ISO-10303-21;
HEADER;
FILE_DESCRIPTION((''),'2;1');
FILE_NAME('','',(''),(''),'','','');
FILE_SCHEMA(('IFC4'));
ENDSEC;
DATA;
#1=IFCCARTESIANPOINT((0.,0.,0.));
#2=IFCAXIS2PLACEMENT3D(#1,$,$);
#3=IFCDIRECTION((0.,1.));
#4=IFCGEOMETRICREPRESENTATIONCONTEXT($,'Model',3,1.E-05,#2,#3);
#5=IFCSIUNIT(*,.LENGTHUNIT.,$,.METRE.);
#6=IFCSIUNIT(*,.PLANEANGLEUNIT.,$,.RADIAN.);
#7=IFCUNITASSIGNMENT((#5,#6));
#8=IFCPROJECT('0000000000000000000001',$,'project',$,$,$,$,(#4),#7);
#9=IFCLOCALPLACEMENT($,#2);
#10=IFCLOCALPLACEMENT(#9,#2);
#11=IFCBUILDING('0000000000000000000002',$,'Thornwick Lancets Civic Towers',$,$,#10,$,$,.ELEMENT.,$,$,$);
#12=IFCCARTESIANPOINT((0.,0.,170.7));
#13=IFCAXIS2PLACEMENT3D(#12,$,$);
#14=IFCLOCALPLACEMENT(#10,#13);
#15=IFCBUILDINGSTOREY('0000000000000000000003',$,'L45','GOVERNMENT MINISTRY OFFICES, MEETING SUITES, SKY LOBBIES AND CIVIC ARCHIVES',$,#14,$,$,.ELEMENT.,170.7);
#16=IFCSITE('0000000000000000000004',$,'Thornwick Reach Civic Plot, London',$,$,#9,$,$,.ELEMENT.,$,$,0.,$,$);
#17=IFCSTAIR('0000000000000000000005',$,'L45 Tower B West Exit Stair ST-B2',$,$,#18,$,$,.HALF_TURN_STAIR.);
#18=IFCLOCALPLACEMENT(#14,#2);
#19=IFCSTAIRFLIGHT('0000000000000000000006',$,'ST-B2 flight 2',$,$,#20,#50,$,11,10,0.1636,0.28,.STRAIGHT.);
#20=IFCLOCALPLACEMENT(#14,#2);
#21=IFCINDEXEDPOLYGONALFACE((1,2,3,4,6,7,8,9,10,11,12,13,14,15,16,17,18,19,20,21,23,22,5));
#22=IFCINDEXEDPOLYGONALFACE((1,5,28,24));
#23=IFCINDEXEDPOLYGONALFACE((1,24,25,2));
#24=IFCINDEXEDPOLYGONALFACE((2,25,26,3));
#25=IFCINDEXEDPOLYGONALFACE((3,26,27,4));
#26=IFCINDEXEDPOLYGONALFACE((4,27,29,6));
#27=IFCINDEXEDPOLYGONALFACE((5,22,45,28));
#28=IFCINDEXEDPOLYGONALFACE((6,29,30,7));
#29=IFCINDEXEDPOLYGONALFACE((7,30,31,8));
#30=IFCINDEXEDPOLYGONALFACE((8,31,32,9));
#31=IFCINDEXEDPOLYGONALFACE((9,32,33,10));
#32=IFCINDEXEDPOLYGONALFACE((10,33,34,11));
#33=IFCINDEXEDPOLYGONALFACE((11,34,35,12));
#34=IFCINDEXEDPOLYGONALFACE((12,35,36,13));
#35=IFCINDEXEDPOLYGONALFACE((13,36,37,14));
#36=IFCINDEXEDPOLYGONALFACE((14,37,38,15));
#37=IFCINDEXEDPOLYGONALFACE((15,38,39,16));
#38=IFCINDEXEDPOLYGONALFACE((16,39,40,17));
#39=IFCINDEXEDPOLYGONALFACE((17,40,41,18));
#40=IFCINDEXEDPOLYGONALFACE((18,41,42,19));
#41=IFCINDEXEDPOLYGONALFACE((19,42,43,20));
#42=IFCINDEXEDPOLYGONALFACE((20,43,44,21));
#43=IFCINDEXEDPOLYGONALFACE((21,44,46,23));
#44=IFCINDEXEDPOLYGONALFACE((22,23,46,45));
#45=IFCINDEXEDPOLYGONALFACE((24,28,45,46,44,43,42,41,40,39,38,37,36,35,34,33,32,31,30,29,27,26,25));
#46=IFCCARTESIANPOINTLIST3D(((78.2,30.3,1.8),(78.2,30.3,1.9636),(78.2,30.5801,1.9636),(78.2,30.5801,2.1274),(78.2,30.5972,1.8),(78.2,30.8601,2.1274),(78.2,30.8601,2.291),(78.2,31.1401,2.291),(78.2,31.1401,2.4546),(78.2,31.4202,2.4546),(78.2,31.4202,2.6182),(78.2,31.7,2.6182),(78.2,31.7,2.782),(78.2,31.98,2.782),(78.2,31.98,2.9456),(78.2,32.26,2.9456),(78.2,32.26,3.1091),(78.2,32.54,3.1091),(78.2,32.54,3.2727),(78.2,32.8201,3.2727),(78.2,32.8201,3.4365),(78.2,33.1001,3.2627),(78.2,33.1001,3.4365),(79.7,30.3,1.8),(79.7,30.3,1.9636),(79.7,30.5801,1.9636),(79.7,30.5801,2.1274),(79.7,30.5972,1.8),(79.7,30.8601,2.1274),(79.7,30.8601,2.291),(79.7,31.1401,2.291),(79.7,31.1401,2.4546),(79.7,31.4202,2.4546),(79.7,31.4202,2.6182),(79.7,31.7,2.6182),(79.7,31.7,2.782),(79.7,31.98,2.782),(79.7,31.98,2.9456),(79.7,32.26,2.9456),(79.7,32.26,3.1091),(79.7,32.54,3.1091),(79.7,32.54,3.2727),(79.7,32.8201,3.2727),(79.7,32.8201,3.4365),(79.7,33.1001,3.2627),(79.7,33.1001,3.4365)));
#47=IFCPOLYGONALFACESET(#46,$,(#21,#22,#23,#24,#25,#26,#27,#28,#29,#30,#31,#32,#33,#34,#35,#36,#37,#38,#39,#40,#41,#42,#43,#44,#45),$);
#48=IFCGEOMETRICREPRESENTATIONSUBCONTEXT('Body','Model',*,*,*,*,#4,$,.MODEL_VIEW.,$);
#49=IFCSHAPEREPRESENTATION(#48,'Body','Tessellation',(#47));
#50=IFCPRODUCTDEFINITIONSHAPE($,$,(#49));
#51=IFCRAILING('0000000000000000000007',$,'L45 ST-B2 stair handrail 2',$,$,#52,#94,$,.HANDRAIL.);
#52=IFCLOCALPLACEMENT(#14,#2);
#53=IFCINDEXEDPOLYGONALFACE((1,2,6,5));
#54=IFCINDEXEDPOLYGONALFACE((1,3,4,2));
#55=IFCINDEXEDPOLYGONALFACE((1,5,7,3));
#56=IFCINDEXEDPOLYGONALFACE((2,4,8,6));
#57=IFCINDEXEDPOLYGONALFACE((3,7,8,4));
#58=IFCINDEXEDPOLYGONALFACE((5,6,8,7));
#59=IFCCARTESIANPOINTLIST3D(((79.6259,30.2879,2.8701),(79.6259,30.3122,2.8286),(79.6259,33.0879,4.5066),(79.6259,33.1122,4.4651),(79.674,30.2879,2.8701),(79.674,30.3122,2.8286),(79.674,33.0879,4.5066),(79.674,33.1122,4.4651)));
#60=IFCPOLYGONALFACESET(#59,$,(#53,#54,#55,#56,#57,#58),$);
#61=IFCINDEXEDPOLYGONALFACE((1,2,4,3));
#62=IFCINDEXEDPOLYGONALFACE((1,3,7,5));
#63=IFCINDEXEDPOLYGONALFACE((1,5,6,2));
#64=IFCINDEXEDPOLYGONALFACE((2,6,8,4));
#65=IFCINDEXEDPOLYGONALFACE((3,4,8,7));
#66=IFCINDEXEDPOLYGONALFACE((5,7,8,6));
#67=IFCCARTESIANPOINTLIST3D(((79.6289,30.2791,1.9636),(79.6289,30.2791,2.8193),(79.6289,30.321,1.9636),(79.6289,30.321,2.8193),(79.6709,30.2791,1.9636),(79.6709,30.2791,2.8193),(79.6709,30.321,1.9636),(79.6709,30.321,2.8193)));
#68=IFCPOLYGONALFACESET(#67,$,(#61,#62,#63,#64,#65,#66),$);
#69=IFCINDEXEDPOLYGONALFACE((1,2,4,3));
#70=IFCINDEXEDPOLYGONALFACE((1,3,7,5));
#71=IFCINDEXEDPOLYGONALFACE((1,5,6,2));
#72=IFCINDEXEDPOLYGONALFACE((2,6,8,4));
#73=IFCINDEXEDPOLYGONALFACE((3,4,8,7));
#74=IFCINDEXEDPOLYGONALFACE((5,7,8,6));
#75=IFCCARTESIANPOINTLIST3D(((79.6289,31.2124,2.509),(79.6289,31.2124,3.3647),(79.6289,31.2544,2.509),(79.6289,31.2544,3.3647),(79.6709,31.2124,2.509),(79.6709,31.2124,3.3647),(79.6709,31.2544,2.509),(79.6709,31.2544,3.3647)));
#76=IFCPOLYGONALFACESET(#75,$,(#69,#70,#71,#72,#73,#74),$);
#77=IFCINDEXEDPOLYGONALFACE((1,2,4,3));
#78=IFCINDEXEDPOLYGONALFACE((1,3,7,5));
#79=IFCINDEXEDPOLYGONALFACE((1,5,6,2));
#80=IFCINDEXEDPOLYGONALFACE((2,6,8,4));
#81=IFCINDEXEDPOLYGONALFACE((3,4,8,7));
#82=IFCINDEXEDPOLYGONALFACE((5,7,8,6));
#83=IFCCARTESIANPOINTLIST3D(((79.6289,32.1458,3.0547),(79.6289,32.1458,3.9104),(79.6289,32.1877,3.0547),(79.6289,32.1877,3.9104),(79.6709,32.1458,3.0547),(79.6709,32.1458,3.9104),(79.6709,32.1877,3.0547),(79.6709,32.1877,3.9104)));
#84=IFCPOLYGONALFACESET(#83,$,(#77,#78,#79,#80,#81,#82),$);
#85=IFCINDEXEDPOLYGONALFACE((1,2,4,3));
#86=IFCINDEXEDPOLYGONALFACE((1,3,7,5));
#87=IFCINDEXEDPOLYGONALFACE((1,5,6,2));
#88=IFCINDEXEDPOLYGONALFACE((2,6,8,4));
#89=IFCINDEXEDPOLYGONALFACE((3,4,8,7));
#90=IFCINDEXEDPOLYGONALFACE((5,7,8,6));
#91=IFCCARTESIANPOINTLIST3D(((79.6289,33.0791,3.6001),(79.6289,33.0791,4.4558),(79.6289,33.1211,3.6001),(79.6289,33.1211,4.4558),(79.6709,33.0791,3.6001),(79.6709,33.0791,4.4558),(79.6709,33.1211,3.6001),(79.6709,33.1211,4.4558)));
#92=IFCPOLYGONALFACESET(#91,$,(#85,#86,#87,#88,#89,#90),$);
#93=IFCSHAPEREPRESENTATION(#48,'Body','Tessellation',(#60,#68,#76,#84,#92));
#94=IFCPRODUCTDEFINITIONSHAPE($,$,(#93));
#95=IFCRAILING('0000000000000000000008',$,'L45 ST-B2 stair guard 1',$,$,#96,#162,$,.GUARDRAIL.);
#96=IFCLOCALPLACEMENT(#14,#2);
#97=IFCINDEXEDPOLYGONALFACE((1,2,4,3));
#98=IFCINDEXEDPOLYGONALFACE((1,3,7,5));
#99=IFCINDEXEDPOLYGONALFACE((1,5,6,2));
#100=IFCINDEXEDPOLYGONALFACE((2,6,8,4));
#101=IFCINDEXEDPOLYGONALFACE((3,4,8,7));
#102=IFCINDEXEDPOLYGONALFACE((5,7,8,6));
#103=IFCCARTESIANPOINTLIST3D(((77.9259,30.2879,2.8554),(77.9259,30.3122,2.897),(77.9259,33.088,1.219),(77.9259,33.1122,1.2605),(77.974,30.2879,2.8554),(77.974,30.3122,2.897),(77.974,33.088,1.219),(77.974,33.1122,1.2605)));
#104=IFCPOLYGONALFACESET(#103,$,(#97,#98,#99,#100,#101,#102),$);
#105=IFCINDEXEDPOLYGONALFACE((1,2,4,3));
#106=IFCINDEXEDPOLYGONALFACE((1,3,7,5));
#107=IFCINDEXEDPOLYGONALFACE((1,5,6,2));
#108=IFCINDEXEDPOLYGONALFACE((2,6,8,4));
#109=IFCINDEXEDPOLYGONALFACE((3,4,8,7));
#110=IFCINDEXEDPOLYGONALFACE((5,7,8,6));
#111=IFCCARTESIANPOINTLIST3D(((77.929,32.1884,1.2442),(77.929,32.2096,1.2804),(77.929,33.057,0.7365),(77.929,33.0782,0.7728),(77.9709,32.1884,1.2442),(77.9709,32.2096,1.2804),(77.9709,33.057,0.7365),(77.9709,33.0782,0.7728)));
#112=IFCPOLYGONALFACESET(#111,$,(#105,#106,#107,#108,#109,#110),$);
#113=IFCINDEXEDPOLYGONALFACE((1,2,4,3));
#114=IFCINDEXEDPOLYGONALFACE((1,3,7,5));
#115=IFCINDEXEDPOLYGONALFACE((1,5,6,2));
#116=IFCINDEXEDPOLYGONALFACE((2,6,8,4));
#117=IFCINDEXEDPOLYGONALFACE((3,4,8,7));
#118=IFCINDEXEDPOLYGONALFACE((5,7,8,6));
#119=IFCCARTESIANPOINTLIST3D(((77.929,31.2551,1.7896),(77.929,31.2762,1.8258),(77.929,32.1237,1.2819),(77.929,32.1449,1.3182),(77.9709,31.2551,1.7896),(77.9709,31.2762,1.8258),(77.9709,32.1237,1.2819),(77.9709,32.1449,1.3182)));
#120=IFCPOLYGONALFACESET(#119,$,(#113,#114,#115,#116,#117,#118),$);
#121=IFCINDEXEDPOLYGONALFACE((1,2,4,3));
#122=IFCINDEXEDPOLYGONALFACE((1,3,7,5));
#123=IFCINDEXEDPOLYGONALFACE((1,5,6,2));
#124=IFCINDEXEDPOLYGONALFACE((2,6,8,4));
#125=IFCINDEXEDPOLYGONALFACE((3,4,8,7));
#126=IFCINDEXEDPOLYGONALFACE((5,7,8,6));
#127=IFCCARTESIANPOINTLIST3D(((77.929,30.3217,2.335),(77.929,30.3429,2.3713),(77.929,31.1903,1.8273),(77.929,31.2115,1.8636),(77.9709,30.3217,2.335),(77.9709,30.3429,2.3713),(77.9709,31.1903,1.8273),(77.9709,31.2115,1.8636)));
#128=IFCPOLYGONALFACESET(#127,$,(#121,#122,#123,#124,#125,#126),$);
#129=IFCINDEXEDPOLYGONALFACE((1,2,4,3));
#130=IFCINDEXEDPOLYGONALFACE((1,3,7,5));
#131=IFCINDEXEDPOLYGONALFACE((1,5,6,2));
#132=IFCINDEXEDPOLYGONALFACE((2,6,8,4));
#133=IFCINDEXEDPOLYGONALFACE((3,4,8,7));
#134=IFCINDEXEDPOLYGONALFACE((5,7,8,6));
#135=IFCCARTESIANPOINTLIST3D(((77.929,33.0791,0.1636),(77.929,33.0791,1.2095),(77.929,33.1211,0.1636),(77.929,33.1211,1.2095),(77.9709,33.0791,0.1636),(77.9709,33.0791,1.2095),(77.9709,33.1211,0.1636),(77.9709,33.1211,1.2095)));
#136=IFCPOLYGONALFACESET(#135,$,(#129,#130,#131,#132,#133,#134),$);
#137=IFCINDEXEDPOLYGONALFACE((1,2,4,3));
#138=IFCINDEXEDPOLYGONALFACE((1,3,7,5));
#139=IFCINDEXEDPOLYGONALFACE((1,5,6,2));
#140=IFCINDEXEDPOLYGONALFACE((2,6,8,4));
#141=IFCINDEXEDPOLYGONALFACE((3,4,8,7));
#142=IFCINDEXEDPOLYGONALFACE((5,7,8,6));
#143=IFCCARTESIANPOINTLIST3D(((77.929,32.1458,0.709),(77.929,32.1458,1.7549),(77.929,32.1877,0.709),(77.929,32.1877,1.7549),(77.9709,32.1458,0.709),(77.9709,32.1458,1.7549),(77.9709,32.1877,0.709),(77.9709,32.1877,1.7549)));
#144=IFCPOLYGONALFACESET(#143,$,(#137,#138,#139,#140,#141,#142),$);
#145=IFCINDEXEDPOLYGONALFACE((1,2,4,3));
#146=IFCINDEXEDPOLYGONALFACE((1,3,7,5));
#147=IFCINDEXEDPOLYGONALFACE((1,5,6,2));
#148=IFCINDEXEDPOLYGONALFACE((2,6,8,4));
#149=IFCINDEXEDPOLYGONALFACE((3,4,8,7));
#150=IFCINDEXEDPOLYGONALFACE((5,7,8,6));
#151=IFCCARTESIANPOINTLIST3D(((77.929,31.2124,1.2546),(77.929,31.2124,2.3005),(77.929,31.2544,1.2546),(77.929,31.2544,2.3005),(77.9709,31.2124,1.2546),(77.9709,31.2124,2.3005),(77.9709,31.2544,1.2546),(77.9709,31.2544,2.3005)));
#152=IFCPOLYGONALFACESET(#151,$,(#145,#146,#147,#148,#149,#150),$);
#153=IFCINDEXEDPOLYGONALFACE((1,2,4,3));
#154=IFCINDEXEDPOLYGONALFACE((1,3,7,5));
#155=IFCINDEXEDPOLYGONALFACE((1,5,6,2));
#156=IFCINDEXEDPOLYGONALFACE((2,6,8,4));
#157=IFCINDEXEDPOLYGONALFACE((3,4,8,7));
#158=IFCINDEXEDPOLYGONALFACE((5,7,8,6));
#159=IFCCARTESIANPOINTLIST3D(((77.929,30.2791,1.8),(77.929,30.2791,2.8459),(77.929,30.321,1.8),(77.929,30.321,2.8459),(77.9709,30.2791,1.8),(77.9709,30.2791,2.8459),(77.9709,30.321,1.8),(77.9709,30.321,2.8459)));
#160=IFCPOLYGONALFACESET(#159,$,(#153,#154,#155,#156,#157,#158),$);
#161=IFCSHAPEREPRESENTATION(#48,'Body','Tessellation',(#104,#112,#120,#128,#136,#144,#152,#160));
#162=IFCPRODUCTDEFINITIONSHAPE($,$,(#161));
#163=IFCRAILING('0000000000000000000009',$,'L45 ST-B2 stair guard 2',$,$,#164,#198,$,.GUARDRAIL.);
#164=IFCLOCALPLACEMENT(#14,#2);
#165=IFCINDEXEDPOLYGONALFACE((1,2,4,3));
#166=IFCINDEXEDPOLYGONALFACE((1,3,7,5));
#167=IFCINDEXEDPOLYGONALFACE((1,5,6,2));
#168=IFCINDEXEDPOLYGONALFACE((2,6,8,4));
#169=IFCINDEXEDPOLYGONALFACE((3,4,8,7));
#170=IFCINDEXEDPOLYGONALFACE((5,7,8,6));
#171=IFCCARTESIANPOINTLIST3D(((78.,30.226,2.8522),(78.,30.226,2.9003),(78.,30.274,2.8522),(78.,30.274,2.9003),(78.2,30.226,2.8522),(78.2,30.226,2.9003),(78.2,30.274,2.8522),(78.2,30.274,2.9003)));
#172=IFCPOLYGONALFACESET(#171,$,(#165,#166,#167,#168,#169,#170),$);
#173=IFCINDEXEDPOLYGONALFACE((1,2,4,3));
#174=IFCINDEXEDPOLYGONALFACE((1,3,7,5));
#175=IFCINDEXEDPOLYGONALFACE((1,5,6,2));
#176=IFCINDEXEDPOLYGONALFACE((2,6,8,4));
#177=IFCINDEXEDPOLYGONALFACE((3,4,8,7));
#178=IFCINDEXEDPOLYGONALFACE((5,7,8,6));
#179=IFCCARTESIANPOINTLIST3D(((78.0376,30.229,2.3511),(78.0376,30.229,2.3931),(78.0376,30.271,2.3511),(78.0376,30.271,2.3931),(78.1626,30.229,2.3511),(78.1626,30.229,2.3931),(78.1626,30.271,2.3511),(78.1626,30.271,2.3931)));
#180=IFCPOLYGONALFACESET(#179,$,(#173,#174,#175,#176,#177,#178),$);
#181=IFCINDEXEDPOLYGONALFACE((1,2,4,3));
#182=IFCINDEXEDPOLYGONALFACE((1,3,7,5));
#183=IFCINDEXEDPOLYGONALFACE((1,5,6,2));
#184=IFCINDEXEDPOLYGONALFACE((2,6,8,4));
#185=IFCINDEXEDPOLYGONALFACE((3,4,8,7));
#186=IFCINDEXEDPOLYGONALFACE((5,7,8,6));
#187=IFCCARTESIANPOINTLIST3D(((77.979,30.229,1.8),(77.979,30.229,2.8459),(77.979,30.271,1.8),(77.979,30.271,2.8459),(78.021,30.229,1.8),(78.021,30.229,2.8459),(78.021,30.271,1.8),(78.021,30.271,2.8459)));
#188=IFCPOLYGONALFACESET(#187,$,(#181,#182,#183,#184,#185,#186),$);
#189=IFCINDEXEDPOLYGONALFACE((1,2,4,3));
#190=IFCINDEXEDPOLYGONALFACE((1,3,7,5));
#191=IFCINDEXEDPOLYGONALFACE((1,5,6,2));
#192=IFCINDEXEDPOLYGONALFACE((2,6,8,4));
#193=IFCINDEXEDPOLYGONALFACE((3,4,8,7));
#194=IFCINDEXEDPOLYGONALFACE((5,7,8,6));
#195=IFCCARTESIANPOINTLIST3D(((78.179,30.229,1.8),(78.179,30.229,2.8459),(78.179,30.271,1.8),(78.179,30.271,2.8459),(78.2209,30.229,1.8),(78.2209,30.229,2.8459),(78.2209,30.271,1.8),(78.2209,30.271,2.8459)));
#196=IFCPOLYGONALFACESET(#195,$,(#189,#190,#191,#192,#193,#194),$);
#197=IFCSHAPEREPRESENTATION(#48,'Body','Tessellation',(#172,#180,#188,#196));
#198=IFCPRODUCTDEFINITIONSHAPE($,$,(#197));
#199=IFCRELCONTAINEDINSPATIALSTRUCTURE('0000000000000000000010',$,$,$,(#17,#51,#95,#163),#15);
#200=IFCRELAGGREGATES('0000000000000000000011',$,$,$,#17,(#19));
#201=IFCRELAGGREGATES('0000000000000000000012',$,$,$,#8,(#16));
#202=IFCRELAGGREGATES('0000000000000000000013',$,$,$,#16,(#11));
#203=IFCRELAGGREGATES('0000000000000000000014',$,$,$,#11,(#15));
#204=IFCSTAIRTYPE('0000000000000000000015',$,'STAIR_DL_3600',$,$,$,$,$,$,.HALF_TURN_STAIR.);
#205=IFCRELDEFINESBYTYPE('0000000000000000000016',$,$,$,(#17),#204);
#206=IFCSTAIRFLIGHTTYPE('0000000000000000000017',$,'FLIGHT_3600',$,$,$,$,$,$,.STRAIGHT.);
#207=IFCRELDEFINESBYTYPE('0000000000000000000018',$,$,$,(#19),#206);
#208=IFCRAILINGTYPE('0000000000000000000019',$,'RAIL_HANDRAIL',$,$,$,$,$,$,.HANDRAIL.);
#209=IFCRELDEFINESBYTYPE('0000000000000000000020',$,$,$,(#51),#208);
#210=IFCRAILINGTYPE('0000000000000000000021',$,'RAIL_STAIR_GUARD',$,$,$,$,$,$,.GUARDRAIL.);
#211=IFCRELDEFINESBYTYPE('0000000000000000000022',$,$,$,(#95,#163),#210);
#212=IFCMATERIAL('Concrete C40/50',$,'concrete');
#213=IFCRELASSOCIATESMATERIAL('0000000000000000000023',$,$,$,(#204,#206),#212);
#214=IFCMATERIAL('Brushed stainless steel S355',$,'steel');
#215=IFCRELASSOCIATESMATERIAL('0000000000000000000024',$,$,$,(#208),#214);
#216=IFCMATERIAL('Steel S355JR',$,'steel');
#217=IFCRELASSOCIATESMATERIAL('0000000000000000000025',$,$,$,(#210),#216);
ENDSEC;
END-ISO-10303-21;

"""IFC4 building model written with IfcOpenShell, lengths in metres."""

from ifc_helpers import new_model, si_unit, direction, frame, origin, origin_2d, place, context, subcontext, project, spatial, polyline, rectangle, outline, extrude, material, type_object, element, aggregate, save


model = new_model("IFC4")

# Units and contexts
model_context = context("Model", 3, precision=1e-05, world=origin(), true_north=direction((0.0, 1.0)))
body_context = subcontext(model_context, "Body", "Model", "MODEL_VIEW")
ifc_project = project(units=[si_unit("LENGTHUNIT", "METRE"), si_unit("PLANEANGLEUNIT", "RADIAN")], contexts=[model_context])

# Site, building, storey
site_placement = place(None, origin())
site = spatial("IfcSite", under=ifc_project, at=site_placement, Name="Thornwick Reach Civic Plot, London", CompositionType="ELEMENT", RefElevation=0.0)
building_placement = place(site_placement, origin())
building = spatial("IfcBuilding", under=site, at=building_placement, Name="Thornwick Lancets Civic Towers", CompositionType="ELEMENT")
storey_placement = place(building_placement, frame((0.0, 0.0, 170.7)))
storey = spatial("IfcBuildingStorey", under=building, at=storey_placement, Name="L45", Description="GOVERNMENT MINISTRY OFFICES, MEETING SUITES, SKY LOBBIES AND CIVIC ARCHIVES", CompositionType="ELEMENT", Elevation=170.7)

# Shared definitions
ifc_material_1 = material(Name="Steel S355JR", Category="steel")

# Shared definitions
ifc_material_2 = material(Name="Concrete C40/50", Category="concrete")

# Stair, stair flight
stair_type = type_object("IfcStairType", Name="STAIR_DL_3600", PredefinedType="HALF_TURN_STAIR", material=ifc_material_2)
stair_placement = place(storey_placement, origin())
stair = element("IfcStair", 1, at=stair_placement, inside=storey, type_object=stair_type, Name="L45 Tower B West Exit Stair ST-B2", PredefinedType="HALF_TURN_STAIR")
stair_flight_type = type_object("IfcStairFlightType", Name="FLIGHT_3600", PredefinedType="STRAIGHT", material=ifc_material_2)
stair_flight_1_placement = place(storey_placement, frame((78.95, 30.3, 1.8), z_axis=(0.0, 0.0, 1.0), x_axis=(0.0, 1.0, 0.0)))
stair_flight_1 = element("IfcStairFlight", 2, at=stair_flight_1_placement, type_object=stair_flight_type, Name="ST-B2 flight 2", NumberOfRisers=11, NumberOfTreads=10, PredefinedType="STRAIGHT", RiserHeight=0.1636, TreadLength=0.28, context=body_context, shape_type="SweptSolid", body=[
    extrude(outline(polyline([(0.0, 0.0), (0.0, 0.1636), (0.28, 0.1636), (0.28, 0.3274), (0.5601, 0.3274), (0.5601, 0.491), (0.8401, 0.491), (0.8401, 0.6545), (1.1201, 0.6545), (1.1201, 0.8181), (1.3999, 0.8181), (1.3999, 0.9819), (1.6799, 0.9819), (1.6799, 1.1455), (1.96, 1.1455), (1.96, 1.3091), (2.24, 1.3091), (2.24, 1.4727), (2.52, 1.4727), (2.52, 1.6365), (2.8, 1.6365), (2.8, 1.8), (2.8, 1.4626), (0.2971, 0.0), (0.0, 0.0)])), frame((0.0, 0.75, 0.0), z_axis=(0.0, -1.0, 0.0), x_axis=(1.0, 0.0, 0.0)), (0.0, 0.0, 1.0), 1.5),
])
aggregate(stair, [stair_flight_1])

# Railings
ifc_material_3 = material(Name="Brushed stainless steel S355", Category="steel")
railing_type_1 = type_object("IfcRailingType", Name="RAIL_HANDRAIL", PredefinedType="HANDRAIL", material=ifc_material_3)
railing_1_placement = place(storey_placement, frame((79.6499, 30.3, 1.9636)))
element("IfcRailing", 3, at=railing_1_placement, inside=storey, type_object=railing_type_1, Name="L45 ST-B2 stair handrail 2", PredefinedType="HANDRAIL", context=body_context, shape_type="SweptSolid", body=[
    extrude(rectangle(XDim=0.0481, YDim=0.0481, at=origin_2d()), frame((0.0, 0.0, 0.8857), z_axis=(0.0, 0.863361, 0.504587), x_axis=(-1.0, 0.0, 0.0)), (0.0, 0.0, 1.0), 3.2432),
    extrude(rectangle(XDim=0.042, YDim=0.042, at=origin_2d()), origin(), (0.0, 0.0, 1.0), 0.8557),
    extrude(rectangle(XDim=0.042, YDim=0.042, at=origin_2d()), frame((0.0, 0.9333, 0.5454)), (0.0, 0.0, 1.0), 0.8557),
    extrude(rectangle(XDim=0.042, YDim=0.042, at=origin_2d()), frame((0.0, 1.8667, 1.0911)), (0.0, 0.0, 1.0), 0.8557),
    extrude(rectangle(XDim=0.042, YDim=0.042, at=origin_2d()), frame((0.0, 2.8, 1.6365)), (0.0, 0.0, 1.0), 0.8557),
])
railing_type_2 = type_object("IfcRailingType", Name="RAIL_STAIR_GUARD", PredefinedType="GUARDRAIL", material=ifc_material_1)
railing_2_placement = place(storey_placement, frame((77.95, 33.1001, 0.1636)))
element("IfcRailing", 4, at=railing_2_placement, inside=storey, type_object=railing_type_2, Name="L45 ST-B2 stair guard 1", PredefinedType="GUARDRAIL", context=body_context, shape_type="SweptSolid", body=[
    extrude(rectangle(XDim=0.0481, YDim=0.0481, at=origin_2d()), frame((0.0, 0.0, 1.0762), z_axis=(0.0, -0.863361, 0.504587), x_axis=(1.0, 0.0, 0.0)), (0.0, 0.0, 1.0), 3.2432),
    extrude(rectangle(XDim=0.042, YDim=0.042, at=origin_2d()), frame((0.0, -0.0325, 0.5911), z_axis=(0.0, -0.863361, 0.504587), x_axis=(1.0, 0.0, 0.0)), (0.0, 0.0, 1.0), 1.0061),
    extrude(rectangle(XDim=0.042, YDim=0.042, at=origin_2d()), frame((0.0, -0.9658, 1.1365), z_axis=(0.0, -0.863361, 0.504587), x_axis=(1.0, 0.0, 0.0)), (0.0, 0.0, 1.0), 1.0061),
    extrude(rectangle(XDim=0.042, YDim=0.042, at=origin_2d()), frame((0.0, -1.8992, 1.6819), z_axis=(0.0, -0.863361, 0.504587), x_axis=(1.0, 0.0, 0.0)), (0.0, 0.0, 1.0), 1.0061),
    extrude(rectangle(XDim=0.042, YDim=0.042, at=origin_2d()), origin(), (0.0, 0.0, 1.0), 1.0459),
    extrude(rectangle(XDim=0.042, YDim=0.042, at=origin_2d()), frame((0.0, -0.9333, 0.5454)), (0.0, 0.0, 1.0), 1.0459),
    extrude(rectangle(XDim=0.042, YDim=0.042, at=origin_2d()), frame((0.0, -1.8667, 1.0911)), (0.0, 0.0, 1.0), 1.0459),
    extrude(rectangle(XDim=0.042, YDim=0.042, at=origin_2d()), frame((0.0, -2.8, 1.6365)), (0.0, 0.0, 1.0), 1.0459),
])
railing_3_placement = place(storey_placement, frame((78.0, 30.25, 1.8)))
element("IfcRailing", 5, at=railing_3_placement, inside=storey, type_object=railing_type_2, Name="L45 ST-B2 stair guard 2", PredefinedType="GUARDRAIL", context=body_context, shape_type="SweptSolid", body=[
    extrude(rectangle(XDim=0.0481, YDim=0.0481, at=origin_2d()), frame((0.0, 0.0, 1.0762), z_axis=(1.0, 0.0, 0.0), x_axis=(0.0, 1.0, 0.0)), (0.0, 0.0, 1.0), 0.2),
    extrude(rectangle(XDim=0.042, YDim=0.042, at=origin_2d()), frame((0.0376, 0.0, 0.572), z_axis=(1.0, 0.0, 0.0), x_axis=(0.0, 1.0, 0.0)), (0.0, 0.0, 1.0), 0.125),
    extrude(rectangle(XDim=0.042, YDim=0.042, at=origin_2d()), origin(), (0.0, 0.0, 1.0), 1.0459),
    extrude(rectangle(XDim=0.042, YDim=0.042, at=origin_2d()), frame((0.2, 0.0, 0.0)), (0.0, 0.0, 1.0), 1.0459),
])

save(model, "model.ifc")
